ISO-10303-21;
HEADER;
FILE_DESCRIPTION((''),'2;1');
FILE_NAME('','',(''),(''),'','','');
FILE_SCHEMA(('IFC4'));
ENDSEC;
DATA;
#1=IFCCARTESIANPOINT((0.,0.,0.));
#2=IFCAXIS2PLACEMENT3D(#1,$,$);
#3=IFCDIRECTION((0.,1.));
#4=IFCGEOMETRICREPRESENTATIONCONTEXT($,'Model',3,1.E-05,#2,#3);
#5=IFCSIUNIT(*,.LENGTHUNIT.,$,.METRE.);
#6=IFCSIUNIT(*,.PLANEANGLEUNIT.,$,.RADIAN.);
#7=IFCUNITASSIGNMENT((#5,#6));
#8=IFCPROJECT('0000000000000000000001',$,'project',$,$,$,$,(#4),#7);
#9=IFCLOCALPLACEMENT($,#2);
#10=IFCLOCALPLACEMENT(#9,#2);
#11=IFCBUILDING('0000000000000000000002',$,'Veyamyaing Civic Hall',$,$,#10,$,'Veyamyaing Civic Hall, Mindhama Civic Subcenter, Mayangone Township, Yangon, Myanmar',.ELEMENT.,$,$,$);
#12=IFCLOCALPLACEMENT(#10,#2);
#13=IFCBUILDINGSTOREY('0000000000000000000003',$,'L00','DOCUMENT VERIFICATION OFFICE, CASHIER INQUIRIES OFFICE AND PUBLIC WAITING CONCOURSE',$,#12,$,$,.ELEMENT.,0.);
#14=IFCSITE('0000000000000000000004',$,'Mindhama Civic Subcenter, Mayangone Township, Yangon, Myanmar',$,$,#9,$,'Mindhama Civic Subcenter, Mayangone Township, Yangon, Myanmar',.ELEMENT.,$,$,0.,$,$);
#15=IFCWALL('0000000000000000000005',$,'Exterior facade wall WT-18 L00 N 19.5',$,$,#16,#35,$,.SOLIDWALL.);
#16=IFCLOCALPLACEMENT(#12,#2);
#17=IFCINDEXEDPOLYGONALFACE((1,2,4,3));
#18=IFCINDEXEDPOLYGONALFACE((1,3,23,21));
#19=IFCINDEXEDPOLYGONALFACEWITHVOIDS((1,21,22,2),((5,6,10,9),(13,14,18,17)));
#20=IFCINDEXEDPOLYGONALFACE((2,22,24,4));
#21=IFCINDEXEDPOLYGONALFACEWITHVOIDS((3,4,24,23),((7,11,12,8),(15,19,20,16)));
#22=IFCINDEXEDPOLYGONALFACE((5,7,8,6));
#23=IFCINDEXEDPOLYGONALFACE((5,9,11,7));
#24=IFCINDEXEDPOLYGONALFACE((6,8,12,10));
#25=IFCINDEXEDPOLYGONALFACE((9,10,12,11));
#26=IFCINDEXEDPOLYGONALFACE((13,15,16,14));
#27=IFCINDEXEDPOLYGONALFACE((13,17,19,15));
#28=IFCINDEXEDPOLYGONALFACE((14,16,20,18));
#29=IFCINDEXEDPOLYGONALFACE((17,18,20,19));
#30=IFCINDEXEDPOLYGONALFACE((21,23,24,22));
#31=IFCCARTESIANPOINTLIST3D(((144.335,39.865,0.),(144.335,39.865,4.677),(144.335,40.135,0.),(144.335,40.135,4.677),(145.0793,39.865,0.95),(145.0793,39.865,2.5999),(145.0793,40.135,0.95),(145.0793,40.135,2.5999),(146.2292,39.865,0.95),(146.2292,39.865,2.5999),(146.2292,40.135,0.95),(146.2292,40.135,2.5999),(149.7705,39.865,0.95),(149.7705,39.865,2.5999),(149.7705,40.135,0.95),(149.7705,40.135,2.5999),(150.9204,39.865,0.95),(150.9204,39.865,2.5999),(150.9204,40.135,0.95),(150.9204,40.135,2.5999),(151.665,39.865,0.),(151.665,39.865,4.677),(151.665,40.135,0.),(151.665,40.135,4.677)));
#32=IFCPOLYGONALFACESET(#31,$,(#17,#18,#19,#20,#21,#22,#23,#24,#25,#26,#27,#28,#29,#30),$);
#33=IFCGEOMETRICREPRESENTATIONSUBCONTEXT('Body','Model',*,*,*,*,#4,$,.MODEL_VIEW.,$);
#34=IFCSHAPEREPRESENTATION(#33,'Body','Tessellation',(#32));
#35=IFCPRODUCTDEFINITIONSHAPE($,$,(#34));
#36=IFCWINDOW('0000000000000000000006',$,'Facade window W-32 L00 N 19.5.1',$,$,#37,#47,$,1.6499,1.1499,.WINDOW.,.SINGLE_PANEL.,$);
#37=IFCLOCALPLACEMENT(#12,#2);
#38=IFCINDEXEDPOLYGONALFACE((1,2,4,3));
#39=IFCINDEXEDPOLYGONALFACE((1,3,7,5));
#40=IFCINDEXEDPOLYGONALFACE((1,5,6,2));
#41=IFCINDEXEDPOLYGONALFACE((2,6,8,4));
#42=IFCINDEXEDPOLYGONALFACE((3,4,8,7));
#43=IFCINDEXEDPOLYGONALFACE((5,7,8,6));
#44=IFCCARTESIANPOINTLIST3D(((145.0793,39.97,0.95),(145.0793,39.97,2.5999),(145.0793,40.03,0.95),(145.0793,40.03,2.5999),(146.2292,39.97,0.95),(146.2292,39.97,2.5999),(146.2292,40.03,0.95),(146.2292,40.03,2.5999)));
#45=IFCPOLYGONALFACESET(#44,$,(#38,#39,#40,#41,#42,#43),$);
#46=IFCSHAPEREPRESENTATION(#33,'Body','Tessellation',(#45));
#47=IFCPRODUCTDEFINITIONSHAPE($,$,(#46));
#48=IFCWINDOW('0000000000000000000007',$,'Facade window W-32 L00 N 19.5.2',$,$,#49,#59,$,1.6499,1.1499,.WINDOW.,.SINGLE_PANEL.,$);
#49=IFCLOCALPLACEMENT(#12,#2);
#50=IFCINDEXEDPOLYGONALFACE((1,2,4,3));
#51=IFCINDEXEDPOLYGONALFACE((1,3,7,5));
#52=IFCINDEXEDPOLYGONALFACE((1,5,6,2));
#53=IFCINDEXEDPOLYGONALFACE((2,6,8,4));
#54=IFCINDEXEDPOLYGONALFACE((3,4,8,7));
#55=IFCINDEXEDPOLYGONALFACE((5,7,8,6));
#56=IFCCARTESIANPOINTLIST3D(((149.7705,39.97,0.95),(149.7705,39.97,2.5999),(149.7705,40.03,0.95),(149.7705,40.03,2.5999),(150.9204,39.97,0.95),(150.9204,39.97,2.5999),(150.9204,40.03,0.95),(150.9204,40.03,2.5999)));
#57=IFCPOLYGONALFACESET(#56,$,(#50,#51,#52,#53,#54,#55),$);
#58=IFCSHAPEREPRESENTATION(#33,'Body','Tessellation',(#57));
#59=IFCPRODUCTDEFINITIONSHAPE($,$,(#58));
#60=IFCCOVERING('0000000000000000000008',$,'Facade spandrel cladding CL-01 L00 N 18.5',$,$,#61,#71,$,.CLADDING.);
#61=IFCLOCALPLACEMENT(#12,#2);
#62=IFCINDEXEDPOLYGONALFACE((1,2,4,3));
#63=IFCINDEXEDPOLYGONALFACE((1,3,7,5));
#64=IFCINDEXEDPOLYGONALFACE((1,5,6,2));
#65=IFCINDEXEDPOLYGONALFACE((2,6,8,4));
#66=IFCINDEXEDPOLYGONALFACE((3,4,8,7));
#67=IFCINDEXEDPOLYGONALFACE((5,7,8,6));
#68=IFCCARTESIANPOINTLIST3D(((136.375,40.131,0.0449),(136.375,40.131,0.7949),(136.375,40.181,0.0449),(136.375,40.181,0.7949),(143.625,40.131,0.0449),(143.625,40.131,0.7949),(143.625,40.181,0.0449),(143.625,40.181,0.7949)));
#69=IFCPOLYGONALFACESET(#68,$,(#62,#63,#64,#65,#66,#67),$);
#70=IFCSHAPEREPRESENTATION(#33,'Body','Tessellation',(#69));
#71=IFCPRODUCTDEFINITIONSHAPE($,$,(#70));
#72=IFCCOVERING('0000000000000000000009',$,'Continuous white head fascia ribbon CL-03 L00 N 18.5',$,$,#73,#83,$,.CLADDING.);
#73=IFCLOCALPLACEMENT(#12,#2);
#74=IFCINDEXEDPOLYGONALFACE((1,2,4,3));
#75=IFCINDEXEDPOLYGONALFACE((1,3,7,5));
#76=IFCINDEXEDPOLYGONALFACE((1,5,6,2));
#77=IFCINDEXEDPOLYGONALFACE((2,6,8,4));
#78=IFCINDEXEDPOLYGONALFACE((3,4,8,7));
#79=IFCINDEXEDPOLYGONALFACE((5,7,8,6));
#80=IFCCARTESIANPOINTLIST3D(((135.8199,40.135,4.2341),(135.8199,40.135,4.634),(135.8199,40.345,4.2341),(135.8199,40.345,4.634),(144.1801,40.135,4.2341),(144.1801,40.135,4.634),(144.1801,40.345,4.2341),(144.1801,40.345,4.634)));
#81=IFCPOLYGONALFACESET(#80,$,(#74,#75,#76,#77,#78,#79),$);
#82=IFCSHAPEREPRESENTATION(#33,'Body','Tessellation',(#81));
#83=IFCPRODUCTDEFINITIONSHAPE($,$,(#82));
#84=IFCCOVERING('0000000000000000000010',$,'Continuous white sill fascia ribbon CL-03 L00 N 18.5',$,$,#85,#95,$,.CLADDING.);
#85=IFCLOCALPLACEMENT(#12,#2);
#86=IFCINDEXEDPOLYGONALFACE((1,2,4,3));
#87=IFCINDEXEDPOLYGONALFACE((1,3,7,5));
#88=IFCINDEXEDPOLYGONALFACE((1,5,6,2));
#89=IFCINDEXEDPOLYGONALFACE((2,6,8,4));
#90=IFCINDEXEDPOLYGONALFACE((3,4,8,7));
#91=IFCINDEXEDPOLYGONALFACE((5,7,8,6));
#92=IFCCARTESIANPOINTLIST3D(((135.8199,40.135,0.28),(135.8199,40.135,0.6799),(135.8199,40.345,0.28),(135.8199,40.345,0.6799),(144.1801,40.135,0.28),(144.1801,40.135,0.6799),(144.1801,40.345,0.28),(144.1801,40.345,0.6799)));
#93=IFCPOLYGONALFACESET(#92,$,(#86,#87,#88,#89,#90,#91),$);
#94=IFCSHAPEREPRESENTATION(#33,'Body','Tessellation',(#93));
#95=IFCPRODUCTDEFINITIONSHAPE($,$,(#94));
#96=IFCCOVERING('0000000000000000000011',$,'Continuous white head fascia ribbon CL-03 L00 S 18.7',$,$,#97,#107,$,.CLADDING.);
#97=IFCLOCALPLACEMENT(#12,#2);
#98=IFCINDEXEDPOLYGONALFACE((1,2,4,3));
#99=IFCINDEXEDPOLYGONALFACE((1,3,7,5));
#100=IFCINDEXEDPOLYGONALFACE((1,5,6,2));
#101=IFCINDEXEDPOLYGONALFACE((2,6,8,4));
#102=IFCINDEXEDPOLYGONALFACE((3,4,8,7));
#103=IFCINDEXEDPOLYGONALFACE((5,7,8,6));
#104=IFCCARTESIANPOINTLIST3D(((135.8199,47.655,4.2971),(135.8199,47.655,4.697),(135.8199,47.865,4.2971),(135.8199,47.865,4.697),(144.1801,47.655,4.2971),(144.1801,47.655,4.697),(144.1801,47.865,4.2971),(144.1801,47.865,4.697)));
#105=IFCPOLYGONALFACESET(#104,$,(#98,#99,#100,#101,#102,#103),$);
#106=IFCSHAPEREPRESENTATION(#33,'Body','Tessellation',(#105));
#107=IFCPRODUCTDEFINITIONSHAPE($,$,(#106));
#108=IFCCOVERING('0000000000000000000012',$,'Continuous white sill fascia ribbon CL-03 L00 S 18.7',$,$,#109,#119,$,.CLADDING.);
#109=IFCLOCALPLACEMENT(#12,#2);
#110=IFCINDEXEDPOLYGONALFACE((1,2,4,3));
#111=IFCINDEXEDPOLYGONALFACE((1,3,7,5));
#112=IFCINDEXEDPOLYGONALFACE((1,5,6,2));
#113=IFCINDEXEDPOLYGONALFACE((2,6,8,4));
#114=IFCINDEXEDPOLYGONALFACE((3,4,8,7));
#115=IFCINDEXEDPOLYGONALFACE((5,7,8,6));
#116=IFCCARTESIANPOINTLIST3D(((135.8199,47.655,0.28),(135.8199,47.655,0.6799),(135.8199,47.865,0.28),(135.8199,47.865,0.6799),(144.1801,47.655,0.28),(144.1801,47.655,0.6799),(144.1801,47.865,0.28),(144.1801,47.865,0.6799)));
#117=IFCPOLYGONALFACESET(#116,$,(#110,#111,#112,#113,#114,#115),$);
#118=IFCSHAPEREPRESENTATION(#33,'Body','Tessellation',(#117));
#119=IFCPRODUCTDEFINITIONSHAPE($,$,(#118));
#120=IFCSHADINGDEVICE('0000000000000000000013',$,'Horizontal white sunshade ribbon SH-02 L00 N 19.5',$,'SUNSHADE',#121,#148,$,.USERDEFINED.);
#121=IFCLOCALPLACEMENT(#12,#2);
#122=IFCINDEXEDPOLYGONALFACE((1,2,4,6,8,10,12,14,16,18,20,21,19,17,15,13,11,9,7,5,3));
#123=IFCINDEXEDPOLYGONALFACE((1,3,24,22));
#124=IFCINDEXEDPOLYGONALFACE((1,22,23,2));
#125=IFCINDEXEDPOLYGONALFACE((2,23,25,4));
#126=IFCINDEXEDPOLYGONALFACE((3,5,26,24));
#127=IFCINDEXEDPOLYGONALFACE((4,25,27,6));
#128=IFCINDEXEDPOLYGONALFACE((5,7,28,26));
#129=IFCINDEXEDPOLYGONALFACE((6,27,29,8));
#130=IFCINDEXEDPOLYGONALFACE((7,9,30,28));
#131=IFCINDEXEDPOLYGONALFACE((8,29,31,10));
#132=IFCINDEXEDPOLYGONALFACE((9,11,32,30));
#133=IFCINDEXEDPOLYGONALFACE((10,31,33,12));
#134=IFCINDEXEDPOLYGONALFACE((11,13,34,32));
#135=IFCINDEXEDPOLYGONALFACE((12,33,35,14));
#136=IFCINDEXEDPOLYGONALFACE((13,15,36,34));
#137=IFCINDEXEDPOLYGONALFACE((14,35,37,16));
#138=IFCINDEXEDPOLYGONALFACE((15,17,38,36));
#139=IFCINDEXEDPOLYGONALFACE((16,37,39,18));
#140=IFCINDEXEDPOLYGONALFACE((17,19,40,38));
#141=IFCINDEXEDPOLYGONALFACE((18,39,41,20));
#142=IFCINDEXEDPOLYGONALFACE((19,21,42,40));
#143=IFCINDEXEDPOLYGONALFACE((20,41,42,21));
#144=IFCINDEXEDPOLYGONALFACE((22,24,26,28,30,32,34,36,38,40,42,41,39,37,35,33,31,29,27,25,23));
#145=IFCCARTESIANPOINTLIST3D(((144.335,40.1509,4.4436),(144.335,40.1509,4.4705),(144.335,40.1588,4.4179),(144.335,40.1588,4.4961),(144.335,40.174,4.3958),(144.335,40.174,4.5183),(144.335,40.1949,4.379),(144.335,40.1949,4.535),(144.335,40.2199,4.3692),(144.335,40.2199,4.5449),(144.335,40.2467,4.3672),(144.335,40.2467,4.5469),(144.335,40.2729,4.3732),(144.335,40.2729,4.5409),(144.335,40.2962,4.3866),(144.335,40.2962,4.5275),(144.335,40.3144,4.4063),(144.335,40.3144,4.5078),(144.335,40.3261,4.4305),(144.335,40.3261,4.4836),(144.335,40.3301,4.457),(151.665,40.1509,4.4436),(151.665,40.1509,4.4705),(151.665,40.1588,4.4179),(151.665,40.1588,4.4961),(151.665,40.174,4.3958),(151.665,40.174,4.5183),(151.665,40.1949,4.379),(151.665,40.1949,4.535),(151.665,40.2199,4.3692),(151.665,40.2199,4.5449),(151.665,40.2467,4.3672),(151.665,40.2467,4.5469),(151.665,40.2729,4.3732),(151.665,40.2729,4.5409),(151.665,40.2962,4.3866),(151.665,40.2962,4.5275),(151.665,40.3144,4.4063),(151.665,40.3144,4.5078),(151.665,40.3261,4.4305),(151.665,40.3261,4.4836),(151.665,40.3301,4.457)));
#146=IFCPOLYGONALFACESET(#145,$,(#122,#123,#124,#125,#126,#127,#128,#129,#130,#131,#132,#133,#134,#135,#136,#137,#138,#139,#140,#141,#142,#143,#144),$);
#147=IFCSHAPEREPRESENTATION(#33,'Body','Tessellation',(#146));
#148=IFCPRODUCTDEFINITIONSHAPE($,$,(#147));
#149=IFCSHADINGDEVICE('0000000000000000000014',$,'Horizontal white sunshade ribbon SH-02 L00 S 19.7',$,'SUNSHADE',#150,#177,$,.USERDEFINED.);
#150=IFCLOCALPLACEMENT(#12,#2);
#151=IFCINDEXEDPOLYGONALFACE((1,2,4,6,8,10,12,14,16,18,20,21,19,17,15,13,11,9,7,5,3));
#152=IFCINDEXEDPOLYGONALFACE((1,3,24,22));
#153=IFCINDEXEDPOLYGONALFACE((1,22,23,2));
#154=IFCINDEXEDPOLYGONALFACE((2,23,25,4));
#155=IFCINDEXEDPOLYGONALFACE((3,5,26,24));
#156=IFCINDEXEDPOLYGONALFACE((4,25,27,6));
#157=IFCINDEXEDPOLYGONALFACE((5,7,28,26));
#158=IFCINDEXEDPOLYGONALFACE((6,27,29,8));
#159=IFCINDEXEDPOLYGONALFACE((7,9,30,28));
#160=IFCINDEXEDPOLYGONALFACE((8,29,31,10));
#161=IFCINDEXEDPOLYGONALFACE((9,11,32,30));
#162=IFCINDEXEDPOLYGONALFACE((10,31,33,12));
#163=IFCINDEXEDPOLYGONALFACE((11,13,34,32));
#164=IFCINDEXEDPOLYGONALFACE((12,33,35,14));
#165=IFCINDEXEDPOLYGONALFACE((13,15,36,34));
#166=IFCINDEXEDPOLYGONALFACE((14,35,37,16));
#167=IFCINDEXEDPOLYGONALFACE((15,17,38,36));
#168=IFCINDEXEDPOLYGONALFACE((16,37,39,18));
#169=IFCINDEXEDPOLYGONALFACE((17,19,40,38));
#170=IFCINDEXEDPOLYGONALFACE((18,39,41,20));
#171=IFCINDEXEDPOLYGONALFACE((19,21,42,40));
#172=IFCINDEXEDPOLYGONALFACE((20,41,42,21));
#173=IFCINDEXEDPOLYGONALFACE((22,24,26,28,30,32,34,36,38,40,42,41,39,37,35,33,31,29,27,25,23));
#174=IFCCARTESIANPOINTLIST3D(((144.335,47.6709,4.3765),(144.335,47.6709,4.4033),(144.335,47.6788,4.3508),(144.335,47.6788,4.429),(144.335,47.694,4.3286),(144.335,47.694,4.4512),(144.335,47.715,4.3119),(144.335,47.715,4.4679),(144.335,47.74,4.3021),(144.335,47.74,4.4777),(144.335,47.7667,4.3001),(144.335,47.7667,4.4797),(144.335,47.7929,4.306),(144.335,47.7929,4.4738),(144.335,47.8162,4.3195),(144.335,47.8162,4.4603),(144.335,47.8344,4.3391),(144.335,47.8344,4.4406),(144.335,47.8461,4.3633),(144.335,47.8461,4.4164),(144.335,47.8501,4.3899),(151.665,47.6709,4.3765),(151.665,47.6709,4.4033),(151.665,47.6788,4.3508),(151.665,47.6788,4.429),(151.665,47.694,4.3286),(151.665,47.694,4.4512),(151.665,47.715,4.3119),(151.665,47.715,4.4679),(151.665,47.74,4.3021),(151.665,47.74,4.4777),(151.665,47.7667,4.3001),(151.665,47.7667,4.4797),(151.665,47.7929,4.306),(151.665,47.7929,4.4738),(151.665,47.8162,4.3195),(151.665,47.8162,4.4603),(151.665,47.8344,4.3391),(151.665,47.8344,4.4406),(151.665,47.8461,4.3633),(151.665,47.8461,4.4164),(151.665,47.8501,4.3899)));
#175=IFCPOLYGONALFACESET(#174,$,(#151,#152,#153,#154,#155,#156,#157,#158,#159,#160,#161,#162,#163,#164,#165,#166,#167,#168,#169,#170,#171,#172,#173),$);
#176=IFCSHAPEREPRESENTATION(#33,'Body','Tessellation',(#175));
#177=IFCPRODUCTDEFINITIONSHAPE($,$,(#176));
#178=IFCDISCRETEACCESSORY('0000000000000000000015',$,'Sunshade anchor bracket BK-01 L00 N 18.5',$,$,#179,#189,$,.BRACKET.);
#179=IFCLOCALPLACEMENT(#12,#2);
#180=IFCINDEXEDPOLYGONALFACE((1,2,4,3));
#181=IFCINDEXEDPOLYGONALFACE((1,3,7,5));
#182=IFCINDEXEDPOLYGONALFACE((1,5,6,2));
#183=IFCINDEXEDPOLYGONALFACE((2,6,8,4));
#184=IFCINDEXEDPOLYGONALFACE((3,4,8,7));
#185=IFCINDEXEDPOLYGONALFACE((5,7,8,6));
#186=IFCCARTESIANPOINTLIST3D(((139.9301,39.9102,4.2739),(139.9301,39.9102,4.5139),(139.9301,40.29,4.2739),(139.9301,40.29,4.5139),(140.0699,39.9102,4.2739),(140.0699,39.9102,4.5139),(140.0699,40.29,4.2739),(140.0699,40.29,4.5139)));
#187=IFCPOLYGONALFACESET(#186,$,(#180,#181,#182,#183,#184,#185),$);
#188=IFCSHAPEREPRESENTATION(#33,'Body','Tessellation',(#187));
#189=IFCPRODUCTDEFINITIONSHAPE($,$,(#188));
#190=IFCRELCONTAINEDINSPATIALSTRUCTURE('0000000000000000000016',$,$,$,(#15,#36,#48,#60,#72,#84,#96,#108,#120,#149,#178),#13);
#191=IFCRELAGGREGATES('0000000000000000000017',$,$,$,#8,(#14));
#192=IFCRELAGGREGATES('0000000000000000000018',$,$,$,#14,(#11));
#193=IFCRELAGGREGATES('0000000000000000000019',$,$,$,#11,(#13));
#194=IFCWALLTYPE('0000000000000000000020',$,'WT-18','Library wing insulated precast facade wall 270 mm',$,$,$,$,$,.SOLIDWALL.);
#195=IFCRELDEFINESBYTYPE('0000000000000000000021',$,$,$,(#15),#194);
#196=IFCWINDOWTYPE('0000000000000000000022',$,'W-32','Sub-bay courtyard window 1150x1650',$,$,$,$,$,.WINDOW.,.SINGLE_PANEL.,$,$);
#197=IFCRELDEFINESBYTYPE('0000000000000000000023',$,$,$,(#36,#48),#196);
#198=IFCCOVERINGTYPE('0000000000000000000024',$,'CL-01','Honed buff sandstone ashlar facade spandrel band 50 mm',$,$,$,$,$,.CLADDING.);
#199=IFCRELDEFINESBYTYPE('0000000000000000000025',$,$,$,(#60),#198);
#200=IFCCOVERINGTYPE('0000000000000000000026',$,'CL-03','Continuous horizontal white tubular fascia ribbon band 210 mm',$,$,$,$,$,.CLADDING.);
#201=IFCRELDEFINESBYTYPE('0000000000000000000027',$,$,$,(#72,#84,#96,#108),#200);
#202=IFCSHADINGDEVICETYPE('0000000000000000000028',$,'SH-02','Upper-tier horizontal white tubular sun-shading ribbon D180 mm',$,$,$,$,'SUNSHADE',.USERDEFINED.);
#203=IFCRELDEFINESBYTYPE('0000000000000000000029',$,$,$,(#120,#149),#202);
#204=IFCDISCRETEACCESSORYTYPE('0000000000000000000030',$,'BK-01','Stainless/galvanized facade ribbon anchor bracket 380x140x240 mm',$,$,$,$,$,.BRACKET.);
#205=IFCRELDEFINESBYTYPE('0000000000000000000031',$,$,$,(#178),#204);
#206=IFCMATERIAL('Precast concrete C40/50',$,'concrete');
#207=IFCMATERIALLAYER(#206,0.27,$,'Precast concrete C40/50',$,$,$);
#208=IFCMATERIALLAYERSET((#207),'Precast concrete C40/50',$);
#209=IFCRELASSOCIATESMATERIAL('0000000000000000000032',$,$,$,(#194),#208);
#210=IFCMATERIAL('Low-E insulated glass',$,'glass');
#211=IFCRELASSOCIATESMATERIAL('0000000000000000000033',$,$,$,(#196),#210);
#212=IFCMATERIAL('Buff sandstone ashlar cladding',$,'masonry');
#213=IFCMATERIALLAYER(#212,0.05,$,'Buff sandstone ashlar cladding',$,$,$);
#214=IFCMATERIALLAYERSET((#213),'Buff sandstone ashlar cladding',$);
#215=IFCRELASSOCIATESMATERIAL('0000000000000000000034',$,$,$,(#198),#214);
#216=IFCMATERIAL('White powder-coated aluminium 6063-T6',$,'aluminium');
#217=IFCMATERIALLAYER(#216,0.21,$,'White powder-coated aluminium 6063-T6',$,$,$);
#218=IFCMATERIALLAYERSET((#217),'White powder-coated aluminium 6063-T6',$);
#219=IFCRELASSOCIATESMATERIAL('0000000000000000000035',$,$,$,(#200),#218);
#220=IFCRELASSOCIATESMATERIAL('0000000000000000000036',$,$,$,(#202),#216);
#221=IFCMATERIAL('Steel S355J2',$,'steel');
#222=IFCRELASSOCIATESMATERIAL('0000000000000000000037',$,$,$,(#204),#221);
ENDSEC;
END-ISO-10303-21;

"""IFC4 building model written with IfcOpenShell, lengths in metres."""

from ifc_helpers import new_model, si_unit, direction, frame, frame_2d, origin, origin_2d, place, context, subcontext, project, spatial, rectangle, circle, extrude, material, layer, layer_set, material_profile, profile_set, type_object, element, fill, save


model = new_model("IFC4")

# Units and contexts
model_context = context("Model", 3, precision=1e-05, world=origin(), true_north=direction((0.0, 1.0)))
body_context = subcontext(model_context, "Body", "Model", "MODEL_VIEW")
ifc_project = project(units=[si_unit("LENGTHUNIT", "METRE"), si_unit("PLANEANGLEUNIT", "RADIAN")], contexts=[model_context])

# Site, building, storey
site_placement = place(None, origin())
site = spatial("IfcSite", under=ifc_project, at=site_placement, Name="Mindhama Civic Subcenter, Mayangone Township, Yangon, Myanmar", LongName="Mindhama Civic Subcenter, Mayangone Township, Yangon, Myanmar", CompositionType="ELEMENT", RefElevation=0.0)
building_placement = place(site_placement, origin())
building = spatial("IfcBuilding", under=site, at=building_placement, Name="Veyamyaing Civic Hall", LongName="Veyamyaing Civic Hall, Mindhama Civic Subcenter, Mayangone Township, Yangon, Myanmar", CompositionType="ELEMENT")
storey_placement = place(building_placement, origin())
storey = spatial("IfcBuildingStorey", under=building, at=storey_placement, Name="L00", Description="DOCUMENT VERIFICATION OFFICE, CASHIER INQUIRIES OFFICE AND PUBLIC WAITING CONCOURSE", CompositionType="ELEMENT", Elevation=0.0)

# Shared definitions
ifc_material_1 = material(Name="Low-E insulated glass", Category="glass")

# Wall, openings, windows
ifc_material_2 = material(Name="Precast concrete C40/50", Category="concrete")
ifc_layer_1 = layer(ifc_material_2, 0.27, Name="Precast concrete C40/50")
ifc_layer_set_1 = layer_set([ifc_layer_1], Name="Precast concrete C40/50")
wall_type = type_object("IfcWallType", Name="WT-18", Description="Library wing insulated precast facade wall 270 mm", PredefinedType="SOLIDWALL", material=ifc_layer_set_1)
wall_placement = place(storey_placement, frame((144.335, 40.0, 0.0), z_axis=(0.0, 0.0, 1.0), x_axis=(1.0, 0.0, 0.0)))
wall = element("IfcWall", 1, at=wall_placement, inside=storey, type_object=wall_type, Name="Exterior facade wall WT-18 L00 N 19.5", PredefinedType="SOLIDWALL", context=body_context, shape_type="SweptSolid", body=[
    extrude(rectangle(XDim=7.3301, YDim=0.27, at=frame_2d((3.665, 0.0))), origin(), (0.0, 0.0, 1.0), 4.677),
])
opening_1_placement = place(wall_placement, frame((0.7444, 0.0, 0.95)))
opening_1 = element("IfcOpeningElement", 2, at=opening_1_placement, cuts=wall, PredefinedType="OPENING", context=body_context, shape_type="SweptSolid", body=[
    extrude(rectangle(XDim=1.1499, YDim=1.6499, at=frame_2d((0.575, 0.825))), frame((0.0, 0.145, 0.0), z_axis=(0.0, -1.0, 0.0), x_axis=(1.0, 0.0, 0.0)), (0.0, 0.0, 1.0), 0.29),
])
opening_2_placement = place(wall_placement, frame((5.4355, 0.0, 0.95)))
opening_2 = element("IfcOpeningElement", 3, at=opening_2_placement, cuts=wall, PredefinedType="OPENING", context=body_context, shape_type="SweptSolid", body=[
    extrude(rectangle(XDim=1.1499, YDim=1.6499, at=frame_2d((0.575, 0.825))), frame((0.0, 0.145, 0.0), z_axis=(0.0, -1.0, 0.0), x_axis=(1.0, 0.0, 0.0)), (0.0, 0.0, 1.0), 0.29),
])
window_type = type_object("IfcWindowType", Name="W-32", Description="Sub-bay courtyard window 1150x1650", PartitioningType="SINGLE_PANEL", PredefinedType="WINDOW", material=ifc_material_1)
window_1_placement = place(opening_1_placement, origin())
window_1 = element("IfcWindow", 4, at=window_1_placement, inside=storey, type_object=window_type, Name="Facade window W-32 L00 N 19.5.1", OverallHeight=1.6499, OverallWidth=1.1499, PartitioningType="SINGLE_PANEL", PredefinedType="WINDOW", context=body_context, shape_type="SweptSolid", body=[
    extrude(rectangle(XDim=1.1499, YDim=1.6499, at=frame_2d((0.575, 0.825))), frame((0.0, 0.03, 0.0), z_axis=(0.0, -1.0, 0.0), x_axis=(1.0, 0.0, 0.0)), (0.0, 0.0, 1.0), 0.0601),
])
fill(opening_1, window_1)
window_2_placement = place(opening_2_placement, origin())
window_2 = element("IfcWindow", 5, at=window_2_placement, inside=storey, type_object=window_type, Name="Facade window W-32 L00 N 19.5.2", OverallHeight=1.6499, OverallWidth=1.1499, PartitioningType="SINGLE_PANEL", PredefinedType="WINDOW", context=body_context, shape_type="SweptSolid", body=[
    extrude(rectangle(XDim=1.1499, YDim=1.6499, at=frame_2d((0.575, 0.825))), frame((0.0, 0.03, 0.0), z_axis=(0.0, -1.0, 0.0), x_axis=(1.0, 0.0, 0.0)), (0.0, 0.0, 1.0), 0.0601),
])
fill(opening_2, window_2)

# Coverings
ifc_material_3 = material(Name="Buff sandstone ashlar cladding", Category="masonry")
ifc_layer_2 = layer(ifc_material_3, 0.05, Name="Buff sandstone ashlar cladding")
ifc_layer_set_2 = layer_set([ifc_layer_2], Name="Buff sandstone ashlar cladding")
covering_type_1 = type_object("IfcCoveringType", Name="CL-01", Description="Honed buff sandstone ashlar facade spandrel band 50 mm", PredefinedType="CLADDING", material=ifc_layer_set_2)
covering_placement = place(storey_placement, frame((140.0, 40.156, 0.0449), z_axis=(0.0, 0.0, 1.0), x_axis=(1.0, 0.0, 0.0)))
element("IfcCovering", 6, at=covering_placement, inside=storey, type_object=covering_type_1, Name="Facade spandrel cladding CL-01 L00 N 18.5", PredefinedType="CLADDING", context=body_context, shape_type="SweptSolid", body=[
    extrude(rectangle(XDim=7.25, YDim=0.05, at=origin_2d()), origin(), (0.0, 0.0, 1.0), 0.75),
])
ifc_material_4 = material(Name="White powder-coated aluminium 6063-T6", Category="aluminium")
ifc_layer_3 = layer(ifc_material_4, 0.21, Name="White powder-coated aluminium 6063-T6")
ifc_layer_set_3 = layer_set([ifc_layer_3], Name="White powder-coated aluminium 6063-T6")
covering_type_2 = type_object("IfcCoveringType", Name="CL-03", Description="Continuous horizontal white tubular fascia ribbon band 210 mm", PredefinedType="CLADDING", material=ifc_layer_set_3)
for number, where, z_axis, x_axis, name in (
    (7, (140.0, 40.24, 4.2341), (0.0, 0.0, 1.0), (1.0, 0.0, 0.0), "Continuous white head fascia ribbon CL-03 L00 N 18.5"),
    (8, (140.0, 40.24, 0.28), (0.0, 0.0, 1.0), (1.0, 0.0, 0.0), "Continuous white sill fascia ribbon CL-03 L00 N 18.5"),
    (9, (140.0, 47.76, 4.2971), (0.0, 0.0, 1.0), (1.0, 0.0, 0.0), "Continuous white head fascia ribbon CL-03 L00 S 18.7"),
    (10, (140.0, 47.76, 0.28), (0.0, 0.0, 1.0), (1.0, 0.0, 0.0), "Continuous white sill fascia ribbon CL-03 L00 S 18.7"),
):
    element("IfcCovering", number, at=place(storey_placement, frame(where, z_axis=z_axis, x_axis=x_axis)), inside=storey, type_object=covering_type_2, Name=name, PredefinedType="CLADDING", context=body_context, shape_type="SweptSolid", body=[
        extrude(rectangle(XDim=8.3601, YDim=0.21, at=origin_2d()), origin(), (0.0, 0.0, 1.0), 0.3999),
    ])

# Shading devices
ifc_material_profile_1 = material_profile(ifc_material_4, circle(Radius=0.0901, at=origin_2d()), Name="SHADE-TUBE-180")
ifc_profile_set_1 = profile_set([ifc_material_profile_1], Name="White powder-coated aluminium 6063-T6")
shading_device_type = type_object("IfcShadingDeviceType", Name="SH-02", Description="Upper-tier horizontal white tubular sun-shading ribbon D180 mm", ElementType="SUNSHADE", PredefinedType="USERDEFINED", material=ifc_profile_set_1)
for number, where, z_axis, x_axis, name in (
    (11, (144.335, 40.24, 4.457), (1.0, 0.0, 0.0), (0.0, 1.0, 0.0), "Horizontal white sunshade ribbon SH-02 L00 N 19.5"),
    (12, (144.335, 47.76, 4.3899), (1.0, 0.0, 0.0), (0.0, 1.0, 0.0), "Horizontal white sunshade ribbon SH-02 L00 S 19.7"),
):
    element("IfcShadingDevice", number, at=place(storey_placement, frame(where, z_axis=z_axis, x_axis=x_axis)), inside=storey, type_object=shading_device_type, Name=name, ObjectType="SUNSHADE", PredefinedType="USERDEFINED", context=body_context, shape_type="SweptSolid", body=[
        extrude(circle(Radius=0.0901, at=origin_2d()), origin(), (0.0, 0.0, 1.0), 7.3301),
    ])

# Discrete accessory
ifc_material_5 = material(Name="Steel S355J2", Category="steel")
discrete_accessory_type = type_object("IfcDiscreteAccessoryType", Name="BK-01", Description="Stainless/galvanized facade ribbon anchor bracket 380x140x240 mm", PredefinedType="BRACKET", material=ifc_material_5)
for number, where, z_axis, x_axis, name in (
    (13, (140.0, 40.1001, 4.2739), (0.0, 0.0, 1.0), (0.0, 1.0, 0.0), "Sunshade anchor bracket BK-01 L00 N 18.5"),
):
    element("IfcDiscreteAccessory", number, at=place(storey_placement, frame(where, z_axis=z_axis, x_axis=x_axis)), inside=storey, type_object=discrete_accessory_type, Name=name, PredefinedType="BRACKET", context=body_context, shape_type="SweptSolid", body=[
        extrude(rectangle(XDim=0.3799, YDim=0.1399, at=origin_2d()), origin(), (0.0, 0.0, 1.0), 0.24),
    ])

save(model, "model.ifc")
